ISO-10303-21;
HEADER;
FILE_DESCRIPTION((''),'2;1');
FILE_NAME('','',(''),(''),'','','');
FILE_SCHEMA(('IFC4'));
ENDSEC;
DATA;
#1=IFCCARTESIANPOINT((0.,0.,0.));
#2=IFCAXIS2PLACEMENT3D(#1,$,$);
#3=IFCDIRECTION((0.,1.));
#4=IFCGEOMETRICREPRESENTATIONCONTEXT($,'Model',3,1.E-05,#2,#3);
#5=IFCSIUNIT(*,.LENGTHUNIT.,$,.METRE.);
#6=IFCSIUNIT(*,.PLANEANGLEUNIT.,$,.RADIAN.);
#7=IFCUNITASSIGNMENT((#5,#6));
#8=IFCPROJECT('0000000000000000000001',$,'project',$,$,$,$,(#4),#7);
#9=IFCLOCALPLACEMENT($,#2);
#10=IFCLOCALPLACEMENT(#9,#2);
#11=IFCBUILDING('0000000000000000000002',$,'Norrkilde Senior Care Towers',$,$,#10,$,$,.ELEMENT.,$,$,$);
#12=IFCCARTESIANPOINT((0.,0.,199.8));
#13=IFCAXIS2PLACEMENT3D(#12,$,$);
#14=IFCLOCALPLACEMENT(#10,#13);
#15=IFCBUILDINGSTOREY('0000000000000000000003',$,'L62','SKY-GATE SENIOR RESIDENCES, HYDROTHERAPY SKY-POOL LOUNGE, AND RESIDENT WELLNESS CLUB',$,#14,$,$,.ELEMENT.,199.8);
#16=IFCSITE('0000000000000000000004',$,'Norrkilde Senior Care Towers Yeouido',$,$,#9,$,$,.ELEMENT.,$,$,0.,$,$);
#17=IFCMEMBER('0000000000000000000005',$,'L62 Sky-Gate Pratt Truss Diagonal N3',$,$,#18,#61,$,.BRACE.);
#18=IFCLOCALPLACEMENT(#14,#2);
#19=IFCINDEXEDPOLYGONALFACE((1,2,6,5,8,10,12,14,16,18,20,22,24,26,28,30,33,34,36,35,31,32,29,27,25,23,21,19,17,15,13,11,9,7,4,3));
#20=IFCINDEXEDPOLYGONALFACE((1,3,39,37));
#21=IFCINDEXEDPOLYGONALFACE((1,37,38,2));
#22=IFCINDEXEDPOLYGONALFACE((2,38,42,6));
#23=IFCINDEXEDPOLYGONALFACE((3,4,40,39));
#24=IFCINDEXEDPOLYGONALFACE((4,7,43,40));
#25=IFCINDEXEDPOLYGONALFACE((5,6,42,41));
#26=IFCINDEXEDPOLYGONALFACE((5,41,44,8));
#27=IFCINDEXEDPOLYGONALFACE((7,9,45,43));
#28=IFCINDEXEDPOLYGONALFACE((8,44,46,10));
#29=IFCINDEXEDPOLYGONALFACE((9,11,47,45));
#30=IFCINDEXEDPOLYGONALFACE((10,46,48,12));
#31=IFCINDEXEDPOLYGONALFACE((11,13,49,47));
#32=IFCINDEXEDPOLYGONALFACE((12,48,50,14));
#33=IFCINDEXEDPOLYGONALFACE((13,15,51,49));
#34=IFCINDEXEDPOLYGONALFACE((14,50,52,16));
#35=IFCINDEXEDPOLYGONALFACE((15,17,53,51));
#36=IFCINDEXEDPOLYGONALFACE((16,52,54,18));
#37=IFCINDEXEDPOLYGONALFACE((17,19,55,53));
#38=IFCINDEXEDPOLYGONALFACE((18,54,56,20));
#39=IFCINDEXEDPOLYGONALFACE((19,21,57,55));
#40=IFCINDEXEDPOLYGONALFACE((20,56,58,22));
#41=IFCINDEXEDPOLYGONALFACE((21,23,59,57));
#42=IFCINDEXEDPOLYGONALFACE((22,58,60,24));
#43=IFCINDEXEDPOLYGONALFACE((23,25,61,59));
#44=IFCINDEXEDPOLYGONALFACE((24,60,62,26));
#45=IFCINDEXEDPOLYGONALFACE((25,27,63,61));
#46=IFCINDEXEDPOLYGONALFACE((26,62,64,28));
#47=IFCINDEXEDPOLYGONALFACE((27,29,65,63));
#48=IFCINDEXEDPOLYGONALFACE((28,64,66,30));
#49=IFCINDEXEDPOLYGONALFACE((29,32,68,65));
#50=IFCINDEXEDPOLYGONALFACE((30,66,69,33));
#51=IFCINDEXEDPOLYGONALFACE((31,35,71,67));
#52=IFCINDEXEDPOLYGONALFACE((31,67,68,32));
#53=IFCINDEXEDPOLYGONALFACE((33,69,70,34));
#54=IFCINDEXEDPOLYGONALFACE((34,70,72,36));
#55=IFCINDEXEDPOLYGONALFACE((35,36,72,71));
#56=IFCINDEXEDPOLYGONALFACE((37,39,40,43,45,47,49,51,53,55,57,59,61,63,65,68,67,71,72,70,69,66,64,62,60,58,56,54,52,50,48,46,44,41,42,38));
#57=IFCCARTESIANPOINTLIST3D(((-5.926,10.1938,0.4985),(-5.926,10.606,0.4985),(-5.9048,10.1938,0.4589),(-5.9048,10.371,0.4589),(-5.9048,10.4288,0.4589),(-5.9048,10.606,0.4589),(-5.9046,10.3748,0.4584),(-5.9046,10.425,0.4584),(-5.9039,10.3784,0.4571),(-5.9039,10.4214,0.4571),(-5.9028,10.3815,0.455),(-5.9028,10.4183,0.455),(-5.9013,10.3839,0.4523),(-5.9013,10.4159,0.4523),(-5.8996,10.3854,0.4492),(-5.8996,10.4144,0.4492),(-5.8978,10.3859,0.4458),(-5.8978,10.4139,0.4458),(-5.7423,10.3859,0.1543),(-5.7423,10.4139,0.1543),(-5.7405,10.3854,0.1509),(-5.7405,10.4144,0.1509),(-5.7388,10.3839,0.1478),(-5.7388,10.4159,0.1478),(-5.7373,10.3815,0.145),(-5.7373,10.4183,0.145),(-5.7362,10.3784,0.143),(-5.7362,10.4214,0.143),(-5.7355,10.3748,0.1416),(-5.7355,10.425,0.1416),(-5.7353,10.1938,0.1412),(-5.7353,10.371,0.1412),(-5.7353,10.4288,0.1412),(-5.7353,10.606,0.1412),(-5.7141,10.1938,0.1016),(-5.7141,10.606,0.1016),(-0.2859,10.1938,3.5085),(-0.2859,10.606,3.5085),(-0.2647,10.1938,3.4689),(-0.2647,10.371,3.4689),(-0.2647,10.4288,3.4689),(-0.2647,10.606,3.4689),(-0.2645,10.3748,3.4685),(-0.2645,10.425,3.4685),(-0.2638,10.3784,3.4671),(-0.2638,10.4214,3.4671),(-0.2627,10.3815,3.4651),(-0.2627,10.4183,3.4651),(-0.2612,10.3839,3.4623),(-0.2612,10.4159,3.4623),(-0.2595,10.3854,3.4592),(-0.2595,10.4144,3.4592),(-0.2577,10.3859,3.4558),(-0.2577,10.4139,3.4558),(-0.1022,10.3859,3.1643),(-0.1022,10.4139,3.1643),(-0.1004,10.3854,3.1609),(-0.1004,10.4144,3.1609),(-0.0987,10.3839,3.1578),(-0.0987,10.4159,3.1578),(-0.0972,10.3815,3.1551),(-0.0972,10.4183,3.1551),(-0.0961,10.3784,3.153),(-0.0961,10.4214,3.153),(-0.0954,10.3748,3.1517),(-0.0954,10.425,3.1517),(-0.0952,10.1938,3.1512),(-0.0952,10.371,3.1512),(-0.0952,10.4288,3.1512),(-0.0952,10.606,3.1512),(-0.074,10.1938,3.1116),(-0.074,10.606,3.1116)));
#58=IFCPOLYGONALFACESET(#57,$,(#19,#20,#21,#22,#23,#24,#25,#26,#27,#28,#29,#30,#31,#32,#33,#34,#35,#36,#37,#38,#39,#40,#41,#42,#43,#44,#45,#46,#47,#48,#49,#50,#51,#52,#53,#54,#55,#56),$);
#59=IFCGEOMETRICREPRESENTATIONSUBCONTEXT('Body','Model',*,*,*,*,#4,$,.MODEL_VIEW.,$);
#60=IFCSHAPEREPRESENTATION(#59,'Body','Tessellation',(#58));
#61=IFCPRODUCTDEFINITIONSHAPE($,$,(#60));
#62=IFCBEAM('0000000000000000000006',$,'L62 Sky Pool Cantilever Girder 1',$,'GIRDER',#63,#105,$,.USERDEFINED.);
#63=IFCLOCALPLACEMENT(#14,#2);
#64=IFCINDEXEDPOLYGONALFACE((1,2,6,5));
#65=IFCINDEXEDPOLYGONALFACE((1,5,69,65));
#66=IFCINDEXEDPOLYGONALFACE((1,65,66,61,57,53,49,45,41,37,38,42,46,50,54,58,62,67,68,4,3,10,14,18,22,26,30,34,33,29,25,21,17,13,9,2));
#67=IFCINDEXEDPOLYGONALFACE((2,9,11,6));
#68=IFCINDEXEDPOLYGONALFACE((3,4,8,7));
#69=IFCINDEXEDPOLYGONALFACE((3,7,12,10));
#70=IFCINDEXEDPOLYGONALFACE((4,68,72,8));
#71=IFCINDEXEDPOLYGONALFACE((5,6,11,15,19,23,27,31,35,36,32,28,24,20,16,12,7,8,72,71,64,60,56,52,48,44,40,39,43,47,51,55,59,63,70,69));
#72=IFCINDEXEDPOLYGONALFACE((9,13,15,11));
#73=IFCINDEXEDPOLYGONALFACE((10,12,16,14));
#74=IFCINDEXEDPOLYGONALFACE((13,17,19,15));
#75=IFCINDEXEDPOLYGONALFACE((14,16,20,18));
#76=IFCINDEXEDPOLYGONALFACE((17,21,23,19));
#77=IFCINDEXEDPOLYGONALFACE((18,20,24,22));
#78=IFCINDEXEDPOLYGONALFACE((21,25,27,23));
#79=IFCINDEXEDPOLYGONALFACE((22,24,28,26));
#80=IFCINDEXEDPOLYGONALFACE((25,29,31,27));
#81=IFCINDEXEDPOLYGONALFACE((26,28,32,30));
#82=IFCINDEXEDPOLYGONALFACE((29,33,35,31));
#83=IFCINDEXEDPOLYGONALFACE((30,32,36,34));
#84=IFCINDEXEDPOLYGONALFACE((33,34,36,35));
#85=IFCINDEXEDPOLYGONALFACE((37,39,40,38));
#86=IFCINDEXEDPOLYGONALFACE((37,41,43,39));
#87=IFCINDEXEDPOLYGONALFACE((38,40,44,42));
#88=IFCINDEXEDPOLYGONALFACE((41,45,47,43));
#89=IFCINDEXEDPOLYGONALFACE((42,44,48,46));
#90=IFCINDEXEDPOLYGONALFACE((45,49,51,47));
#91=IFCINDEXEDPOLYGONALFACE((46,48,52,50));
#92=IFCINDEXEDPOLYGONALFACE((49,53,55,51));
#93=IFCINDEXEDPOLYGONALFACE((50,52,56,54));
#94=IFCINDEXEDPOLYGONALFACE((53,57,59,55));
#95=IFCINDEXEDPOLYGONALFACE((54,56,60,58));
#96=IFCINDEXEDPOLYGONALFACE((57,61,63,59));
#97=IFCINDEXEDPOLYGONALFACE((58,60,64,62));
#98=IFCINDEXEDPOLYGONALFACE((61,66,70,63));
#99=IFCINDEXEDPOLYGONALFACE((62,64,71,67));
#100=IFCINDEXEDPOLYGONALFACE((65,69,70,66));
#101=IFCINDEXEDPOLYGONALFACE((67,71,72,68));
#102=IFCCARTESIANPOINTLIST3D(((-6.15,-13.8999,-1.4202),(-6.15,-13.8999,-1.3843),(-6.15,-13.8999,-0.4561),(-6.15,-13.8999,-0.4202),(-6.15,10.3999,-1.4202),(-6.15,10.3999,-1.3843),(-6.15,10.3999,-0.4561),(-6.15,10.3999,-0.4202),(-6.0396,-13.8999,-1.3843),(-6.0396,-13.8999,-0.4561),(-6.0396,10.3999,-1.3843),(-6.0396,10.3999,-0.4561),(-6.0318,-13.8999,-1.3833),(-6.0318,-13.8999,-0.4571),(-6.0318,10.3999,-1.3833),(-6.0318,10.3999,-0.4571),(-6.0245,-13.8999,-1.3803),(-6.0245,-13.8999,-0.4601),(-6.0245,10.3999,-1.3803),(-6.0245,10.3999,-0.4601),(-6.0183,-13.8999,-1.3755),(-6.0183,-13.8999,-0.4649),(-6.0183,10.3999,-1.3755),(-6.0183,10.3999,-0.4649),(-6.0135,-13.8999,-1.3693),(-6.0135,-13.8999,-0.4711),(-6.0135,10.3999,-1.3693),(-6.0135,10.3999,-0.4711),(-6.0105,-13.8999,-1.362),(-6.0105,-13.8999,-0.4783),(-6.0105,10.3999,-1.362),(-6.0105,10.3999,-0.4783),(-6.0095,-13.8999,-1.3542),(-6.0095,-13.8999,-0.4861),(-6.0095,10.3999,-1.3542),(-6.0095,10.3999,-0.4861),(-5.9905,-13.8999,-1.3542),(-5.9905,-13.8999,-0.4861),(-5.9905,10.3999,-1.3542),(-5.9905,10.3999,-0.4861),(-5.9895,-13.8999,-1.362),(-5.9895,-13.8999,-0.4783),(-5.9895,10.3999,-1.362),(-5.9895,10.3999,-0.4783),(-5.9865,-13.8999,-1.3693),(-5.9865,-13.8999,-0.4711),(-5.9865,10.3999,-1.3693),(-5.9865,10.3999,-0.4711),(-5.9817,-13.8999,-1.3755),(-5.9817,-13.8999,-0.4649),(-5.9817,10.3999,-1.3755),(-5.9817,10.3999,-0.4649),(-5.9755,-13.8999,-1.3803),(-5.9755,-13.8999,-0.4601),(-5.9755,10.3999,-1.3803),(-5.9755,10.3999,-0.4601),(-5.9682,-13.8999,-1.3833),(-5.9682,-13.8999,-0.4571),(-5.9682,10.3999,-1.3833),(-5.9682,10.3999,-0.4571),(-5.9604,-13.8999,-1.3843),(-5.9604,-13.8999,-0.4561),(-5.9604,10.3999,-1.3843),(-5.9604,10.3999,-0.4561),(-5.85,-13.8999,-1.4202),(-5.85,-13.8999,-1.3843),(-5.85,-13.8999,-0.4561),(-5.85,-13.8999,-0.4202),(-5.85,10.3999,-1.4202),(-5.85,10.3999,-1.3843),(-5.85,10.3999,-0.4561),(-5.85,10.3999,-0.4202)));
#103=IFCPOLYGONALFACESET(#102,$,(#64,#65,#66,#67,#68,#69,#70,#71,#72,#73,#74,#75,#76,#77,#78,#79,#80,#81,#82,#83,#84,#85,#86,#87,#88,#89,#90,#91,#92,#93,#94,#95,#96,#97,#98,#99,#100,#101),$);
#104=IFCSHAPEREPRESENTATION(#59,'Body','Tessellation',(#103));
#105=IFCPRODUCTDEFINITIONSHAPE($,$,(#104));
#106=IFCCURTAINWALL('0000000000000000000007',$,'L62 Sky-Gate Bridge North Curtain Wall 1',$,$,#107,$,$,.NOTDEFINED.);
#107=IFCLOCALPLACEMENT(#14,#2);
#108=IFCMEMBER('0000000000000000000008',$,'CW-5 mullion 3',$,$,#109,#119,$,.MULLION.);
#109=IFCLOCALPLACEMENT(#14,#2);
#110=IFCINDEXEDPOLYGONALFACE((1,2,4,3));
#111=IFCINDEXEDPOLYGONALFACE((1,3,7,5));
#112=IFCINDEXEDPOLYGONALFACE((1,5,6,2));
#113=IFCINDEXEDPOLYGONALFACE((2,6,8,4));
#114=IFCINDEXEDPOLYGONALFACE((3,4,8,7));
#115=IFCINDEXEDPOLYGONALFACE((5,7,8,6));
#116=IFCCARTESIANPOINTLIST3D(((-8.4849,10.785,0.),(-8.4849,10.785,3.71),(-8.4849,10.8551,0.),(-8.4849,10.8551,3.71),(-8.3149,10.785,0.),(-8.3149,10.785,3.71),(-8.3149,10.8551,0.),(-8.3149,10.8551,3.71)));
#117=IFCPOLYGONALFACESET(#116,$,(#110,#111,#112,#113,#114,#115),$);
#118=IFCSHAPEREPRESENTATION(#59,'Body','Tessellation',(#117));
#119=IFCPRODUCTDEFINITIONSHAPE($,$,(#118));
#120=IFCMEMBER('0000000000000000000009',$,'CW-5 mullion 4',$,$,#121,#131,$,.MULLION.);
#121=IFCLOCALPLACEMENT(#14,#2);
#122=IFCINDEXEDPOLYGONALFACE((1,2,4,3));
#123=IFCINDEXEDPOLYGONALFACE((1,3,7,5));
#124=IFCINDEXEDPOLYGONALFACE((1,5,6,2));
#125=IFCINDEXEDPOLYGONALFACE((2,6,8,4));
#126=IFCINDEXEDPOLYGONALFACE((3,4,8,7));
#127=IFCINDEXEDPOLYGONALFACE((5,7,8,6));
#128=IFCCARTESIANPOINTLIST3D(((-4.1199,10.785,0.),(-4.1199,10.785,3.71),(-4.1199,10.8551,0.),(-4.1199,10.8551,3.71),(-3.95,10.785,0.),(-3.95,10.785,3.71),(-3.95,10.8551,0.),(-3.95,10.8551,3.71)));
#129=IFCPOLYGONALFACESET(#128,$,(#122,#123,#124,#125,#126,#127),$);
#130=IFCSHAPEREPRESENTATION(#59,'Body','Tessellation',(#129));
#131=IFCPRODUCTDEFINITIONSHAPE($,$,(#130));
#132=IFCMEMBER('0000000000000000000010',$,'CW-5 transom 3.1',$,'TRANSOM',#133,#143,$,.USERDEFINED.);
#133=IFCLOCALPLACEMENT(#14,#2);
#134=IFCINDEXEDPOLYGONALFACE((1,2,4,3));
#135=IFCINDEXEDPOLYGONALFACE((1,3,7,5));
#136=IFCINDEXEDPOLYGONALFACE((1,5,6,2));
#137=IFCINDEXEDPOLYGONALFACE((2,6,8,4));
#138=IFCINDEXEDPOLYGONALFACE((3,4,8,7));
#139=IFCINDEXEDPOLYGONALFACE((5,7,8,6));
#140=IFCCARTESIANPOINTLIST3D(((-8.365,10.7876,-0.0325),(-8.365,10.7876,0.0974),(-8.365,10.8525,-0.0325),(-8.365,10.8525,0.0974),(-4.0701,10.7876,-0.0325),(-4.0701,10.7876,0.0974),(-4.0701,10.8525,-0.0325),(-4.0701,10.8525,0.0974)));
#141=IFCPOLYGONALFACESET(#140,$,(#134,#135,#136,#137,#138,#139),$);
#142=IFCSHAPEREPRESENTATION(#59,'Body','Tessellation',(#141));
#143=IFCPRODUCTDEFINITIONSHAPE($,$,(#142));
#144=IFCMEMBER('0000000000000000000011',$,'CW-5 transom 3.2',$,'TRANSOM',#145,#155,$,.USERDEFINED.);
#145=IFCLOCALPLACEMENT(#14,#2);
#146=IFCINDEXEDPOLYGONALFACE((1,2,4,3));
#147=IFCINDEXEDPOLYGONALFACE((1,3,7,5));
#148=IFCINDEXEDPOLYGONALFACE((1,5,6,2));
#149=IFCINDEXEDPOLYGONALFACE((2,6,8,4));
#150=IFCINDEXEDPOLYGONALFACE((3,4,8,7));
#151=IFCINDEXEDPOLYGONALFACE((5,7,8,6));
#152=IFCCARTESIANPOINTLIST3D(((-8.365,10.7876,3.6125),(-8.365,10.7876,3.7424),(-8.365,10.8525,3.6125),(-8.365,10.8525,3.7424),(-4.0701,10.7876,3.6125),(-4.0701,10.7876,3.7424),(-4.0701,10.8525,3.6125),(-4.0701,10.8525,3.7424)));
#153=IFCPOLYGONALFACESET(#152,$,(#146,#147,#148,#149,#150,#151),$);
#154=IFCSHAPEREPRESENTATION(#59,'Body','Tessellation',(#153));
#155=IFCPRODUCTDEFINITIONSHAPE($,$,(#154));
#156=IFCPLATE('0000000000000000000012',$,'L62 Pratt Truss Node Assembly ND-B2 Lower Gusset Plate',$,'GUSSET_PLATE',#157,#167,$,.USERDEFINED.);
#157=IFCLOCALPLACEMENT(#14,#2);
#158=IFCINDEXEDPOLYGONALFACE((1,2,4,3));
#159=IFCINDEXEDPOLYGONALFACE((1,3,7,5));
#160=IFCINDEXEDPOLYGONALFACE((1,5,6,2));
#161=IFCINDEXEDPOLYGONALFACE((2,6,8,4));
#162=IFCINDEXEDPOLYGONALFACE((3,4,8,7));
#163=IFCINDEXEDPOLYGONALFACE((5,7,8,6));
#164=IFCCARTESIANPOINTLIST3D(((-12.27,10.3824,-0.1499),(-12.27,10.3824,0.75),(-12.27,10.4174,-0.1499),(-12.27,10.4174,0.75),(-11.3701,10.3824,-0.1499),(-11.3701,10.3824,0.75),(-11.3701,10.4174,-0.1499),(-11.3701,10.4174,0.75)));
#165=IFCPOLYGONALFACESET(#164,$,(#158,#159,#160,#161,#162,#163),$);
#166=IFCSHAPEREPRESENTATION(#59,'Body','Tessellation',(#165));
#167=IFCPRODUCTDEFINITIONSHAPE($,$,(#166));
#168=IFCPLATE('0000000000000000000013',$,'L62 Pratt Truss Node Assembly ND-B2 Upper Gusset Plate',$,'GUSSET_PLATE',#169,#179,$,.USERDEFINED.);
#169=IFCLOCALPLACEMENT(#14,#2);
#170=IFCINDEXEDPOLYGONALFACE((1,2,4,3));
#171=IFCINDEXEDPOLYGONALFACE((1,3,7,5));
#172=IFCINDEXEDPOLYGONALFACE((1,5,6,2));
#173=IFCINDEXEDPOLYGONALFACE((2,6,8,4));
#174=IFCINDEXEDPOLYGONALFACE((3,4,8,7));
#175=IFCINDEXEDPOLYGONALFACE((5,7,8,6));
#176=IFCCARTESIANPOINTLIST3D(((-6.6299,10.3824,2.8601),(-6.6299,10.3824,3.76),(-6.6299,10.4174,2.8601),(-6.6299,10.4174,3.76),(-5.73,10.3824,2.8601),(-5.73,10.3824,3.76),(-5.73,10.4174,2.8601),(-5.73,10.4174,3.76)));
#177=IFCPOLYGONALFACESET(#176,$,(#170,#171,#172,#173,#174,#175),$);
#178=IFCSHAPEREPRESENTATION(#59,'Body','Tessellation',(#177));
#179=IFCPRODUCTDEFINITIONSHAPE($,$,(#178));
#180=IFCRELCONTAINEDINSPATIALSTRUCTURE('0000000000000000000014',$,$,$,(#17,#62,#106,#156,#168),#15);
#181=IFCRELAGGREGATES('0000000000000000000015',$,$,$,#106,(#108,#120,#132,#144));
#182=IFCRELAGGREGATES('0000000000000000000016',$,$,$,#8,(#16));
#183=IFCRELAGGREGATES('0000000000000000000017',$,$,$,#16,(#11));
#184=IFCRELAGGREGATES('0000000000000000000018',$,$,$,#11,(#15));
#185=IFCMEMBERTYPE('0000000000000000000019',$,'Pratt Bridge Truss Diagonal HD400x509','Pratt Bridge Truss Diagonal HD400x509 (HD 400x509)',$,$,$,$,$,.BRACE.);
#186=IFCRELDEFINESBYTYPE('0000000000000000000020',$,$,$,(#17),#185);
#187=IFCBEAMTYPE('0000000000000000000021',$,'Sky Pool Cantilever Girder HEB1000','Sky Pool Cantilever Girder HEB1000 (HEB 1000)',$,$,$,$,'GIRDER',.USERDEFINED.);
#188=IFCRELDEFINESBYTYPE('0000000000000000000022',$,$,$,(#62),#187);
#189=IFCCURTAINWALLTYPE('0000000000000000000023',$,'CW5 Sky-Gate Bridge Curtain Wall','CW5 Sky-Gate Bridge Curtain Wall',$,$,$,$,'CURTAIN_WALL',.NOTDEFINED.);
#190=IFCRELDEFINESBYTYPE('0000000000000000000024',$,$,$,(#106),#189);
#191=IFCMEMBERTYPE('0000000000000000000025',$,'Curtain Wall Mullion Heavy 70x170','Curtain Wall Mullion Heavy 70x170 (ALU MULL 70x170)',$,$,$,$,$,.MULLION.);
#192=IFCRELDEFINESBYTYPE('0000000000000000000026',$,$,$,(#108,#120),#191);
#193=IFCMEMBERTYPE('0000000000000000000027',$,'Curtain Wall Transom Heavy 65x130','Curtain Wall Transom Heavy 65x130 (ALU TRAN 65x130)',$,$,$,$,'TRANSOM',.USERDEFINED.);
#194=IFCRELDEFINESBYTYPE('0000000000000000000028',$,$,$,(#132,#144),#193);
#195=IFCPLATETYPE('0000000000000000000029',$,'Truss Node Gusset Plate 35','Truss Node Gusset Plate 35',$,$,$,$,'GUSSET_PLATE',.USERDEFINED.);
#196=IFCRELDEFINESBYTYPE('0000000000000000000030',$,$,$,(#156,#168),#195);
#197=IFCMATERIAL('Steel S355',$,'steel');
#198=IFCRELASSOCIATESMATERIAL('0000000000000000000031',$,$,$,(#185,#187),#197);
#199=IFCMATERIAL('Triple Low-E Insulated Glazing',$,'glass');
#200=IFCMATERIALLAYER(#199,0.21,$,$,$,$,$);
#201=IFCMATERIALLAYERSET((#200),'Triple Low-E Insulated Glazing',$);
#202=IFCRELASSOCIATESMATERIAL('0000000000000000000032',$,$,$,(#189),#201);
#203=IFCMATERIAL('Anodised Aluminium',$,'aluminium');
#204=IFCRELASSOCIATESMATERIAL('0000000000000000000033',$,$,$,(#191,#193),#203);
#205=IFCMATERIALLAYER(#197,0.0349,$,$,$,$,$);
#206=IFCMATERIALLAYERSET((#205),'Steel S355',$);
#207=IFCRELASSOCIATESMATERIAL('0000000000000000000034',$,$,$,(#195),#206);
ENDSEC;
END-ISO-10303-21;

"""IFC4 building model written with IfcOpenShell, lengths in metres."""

from ifc_helpers import new_model, si_unit, direction, frame, origin, origin_2d, place, context, subcontext, project, spatial, rectangle, i_section, extrude, source, transform, mapped, material, layer, layer_set, material_profile, profile_set, type_object, type_shapes, element, aggregate, save


model = new_model("IFC4")

# Units and contexts
model_context = context("Model", 3, precision=1e-05, world=origin(), true_north=direction((0.0, 1.0)))
body_context = subcontext(model_context, "Body", "Model", "MODEL_VIEW")
ifc_project = project(units=[si_unit("LENGTHUNIT", "METRE"), si_unit("PLANEANGLEUNIT", "RADIAN")], contexts=[model_context])

# Site, building, storey
site_placement = place(None, origin())
site = spatial("IfcSite", under=ifc_project, at=site_placement, Name="Norrkilde Senior Care Towers Yeouido", CompositionType="ELEMENT", RefElevation=0.0)
building_placement = place(site_placement, origin())
building = spatial("IfcBuilding", under=site, at=building_placement, Name="Norrkilde Senior Care Towers", CompositionType="ELEMENT")
storey_placement = place(building_placement, frame((0.0, 0.0, 199.8)))
storey = spatial("IfcBuildingStorey", under=building, at=storey_placement, Name="L62", Description="SKY-GATE SENIOR RESIDENCES, HYDROTHERAPY SKY-POOL LOUNGE, AND RESIDENT WELLNESS CLUB", CompositionType="ELEMENT", Elevation=199.8)

# Shared definitions
ifc_material_1 = material(Name="Steel S355", Category="steel")

# Member
ifc_material_profile_1 = material_profile(ifc_material_1, i_section(OverallWidth=0.4121, OverallDepth=0.45, WebThickness=0.0281, FlangeThickness=0.0449, FilletRadius=0.0149, at=origin_2d()), Name="HD 400x509")
ifc_profile_set_1 = profile_set([ifc_material_profile_1], Name="Steel S355")
member_type_1 = type_object("IfcMemberType", Name="Pratt Bridge Truss Diagonal HD400x509", Description="Pratt Bridge Truss Diagonal HD400x509 (HD 400x509)", PredefinedType="BRACE", material=ifc_profile_set_1)
shared_shape_1 = source(origin(), body_context, "Body", "SweptSolid", [
    extrude(i_section(OverallWidth=0.4121, OverallDepth=0.45, WebThickness=0.0281, FlangeThickness=0.0449, FilletRadius=0.0149, at=origin_2d()), origin(), (0.0, 0.0, 1.0), 6.3931),
])
type_shapes(member_type_1, [shared_shape_1])
member_1_placement = place(storey_placement, frame((-5.8201, 10.3999, 0.3), z_axis=(0.882227, 0.0, 0.470824), x_axis=(0.0, 1.0, 0.0)))
element("IfcMember", 1, at=member_1_placement, inside=storey, type_object=member_type_1, Name="L62 Sky-Gate Pratt Truss Diagonal N3", PredefinedType="BRACE", context=body_context, shape_type="MappedRepresentation", body=[
    mapped(shared_shape_1, transform((0.0, 0.0, 0.0), x_axis=(1.0, 0.0, 0.0), y_axis=(0.0, 1.0, 0.0), z_axis=(0.0, 0.0, 1.0), scale=1.0)),
])

# Beam
ifc_material_profile_2 = material_profile(ifc_material_1, i_section(OverallWidth=0.3, OverallDepth=1.0, WebThickness=0.019, FlangeThickness=0.0359, FilletRadius=0.03, at=origin_2d()), Name="HEB 1000")
ifc_profile_set_2 = profile_set([ifc_material_profile_2], Name="Steel S355")
beam_type_1 = type_object("IfcBeamType", Name="Sky Pool Cantilever Girder HEB1000", Description="Sky Pool Cantilever Girder HEB1000 (HEB 1000)", ElementType="GIRDER", PredefinedType="USERDEFINED", material=ifc_profile_set_2)
shared_shape_2 = source(origin(), body_context, "Body", "SweptSolid", [
    extrude(i_section(OverallWidth=0.3, OverallDepth=1.0, WebThickness=0.019, FlangeThickness=0.0359, FilletRadius=0.03, at=origin_2d()), origin(), (0.0, 0.0, 1.0), 24.2998),
])
type_shapes(beam_type_1, [shared_shape_2])
beam_1_placement = place(storey_placement, frame((-6.0, 10.3999, -0.9202), z_axis=(0.0, -1.0, 0.0), x_axis=(1.0, 0.0, 0.0)))
element("IfcBeam", 2, at=beam_1_placement, inside=storey, type_object=beam_type_1, Name="L62 Sky Pool Cantilever Girder 1", ObjectType="GIRDER", PredefinedType="USERDEFINED", context=body_context, shape_type="MappedRepresentation", body=[
    mapped(shared_shape_2, transform((0.0, 0.0, 0.0), x_axis=(1.0, 0.0, 0.0), y_axis=(0.0, 1.0, 0.0), z_axis=(0.0, 0.0, 1.0), scale=1.0)),
])

# Curtain wall, members
ifc_material_2 = material(Name="Triple Low-E Insulated Glazing", Category="glass")
ifc_layer_1 = layer(ifc_material_2, 0.21)
ifc_layer_set_1 = layer_set([ifc_layer_1], Name="Triple Low-E Insulated Glazing")
curtain_wall_type = type_object("IfcCurtainWallType", Name="CW5 Sky-Gate Bridge Curtain Wall", Description="CW5 Sky-Gate Bridge Curtain Wall", ElementType="CURTAIN_WALL", PredefinedType="NOTDEFINED", material=ifc_layer_set_1)
curtain_wall_placement = place(storey_placement, origin())
curtain_wall = element("IfcCurtainWall", 3, at=curtain_wall_placement, inside=storey, type_object=curtain_wall_type, Name="L62 Sky-Gate Bridge North Curtain Wall 1", PredefinedType="NOTDEFINED")
ifc_material_3 = material(Name="Anodised Aluminium", Category="aluminium")
ifc_material_profile_3 = material_profile(ifc_material_3, rectangle(XDim=0.0701, YDim=0.1699, at=origin_2d()), Name="ALU MULL 70x170")
ifc_profile_set_3 = profile_set([ifc_material_profile_3], Name="Anodised Aluminium")
member_type_2 = type_object("IfcMemberType", Name="Curtain Wall Mullion Heavy 70x170", Description="Curtain Wall Mullion Heavy 70x170 (ALU MULL 70x170)", PredefinedType="MULLION", material=ifc_profile_set_3)
shared_shape_3 = source(origin(), body_context, "Body", "SweptSolid", [
    extrude(rectangle(XDim=0.0701, YDim=0.1699, at=origin_2d()), origin(), (0.0, 0.0, 1.0), 3.71),
])
type_shapes(member_type_2, [shared_shape_3])
member_2_placement = place(storey_placement, frame((-8.3999, 10.8201, 0.0), z_axis=(0.0, 0.0, 1.0), x_axis=(0.0, 1.0, 0.0)))
member_2 = element("IfcMember", 4, at=member_2_placement, type_object=member_type_2, Name="CW-5 mullion 3", PredefinedType="MULLION", context=body_context, shape_type="MappedRepresentation", body=[
    mapped(shared_shape_3, transform((0.0, 0.0, 0.0), x_axis=(1.0, 0.0, 0.0), y_axis=(0.0, 1.0, 0.0), z_axis=(0.0, 0.0, 1.0), scale=1.0)),
])
member_3_placement = place(storey_placement, frame((-4.0349, 10.8201, 0.0), z_axis=(0.0, 0.0, 1.0), x_axis=(0.0, 1.0, 0.0)))
member_3 = element("IfcMember", 5, at=member_3_placement, type_object=member_type_2, Name="CW-5 mullion 4", PredefinedType="MULLION", context=body_context, shape_type="MappedRepresentation", body=[
    mapped(shared_shape_3, transform((0.0, 0.0, 0.0), x_axis=(1.0, 0.0, 0.0), y_axis=(0.0, 1.0, 0.0), z_axis=(0.0, 0.0, 1.0), scale=1.0)),
])
ifc_material_profile_4 = material_profile(ifc_material_3, rectangle(XDim=0.0649, YDim=0.1299, at=origin_2d()), Name="ALU TRAN 65x130")
ifc_profile_set_4 = profile_set([ifc_material_profile_4], Name="Anodised Aluminium")
member_type_3 = type_object("IfcMemberType", Name="Curtain Wall Transom Heavy 65x130", Description="Curtain Wall Transom Heavy 65x130 (ALU TRAN 65x130)", ElementType="TRANSOM", PredefinedType="USERDEFINED", material=ifc_profile_set_4)
shared_shape_4 = source(origin(), body_context, "Body", "SweptSolid", [
    extrude(rectangle(XDim=0.0649, YDim=0.1299, at=origin_2d()), origin(), (0.0, 0.0, 1.0), 4.2949),
])
type_shapes(member_type_3, [shared_shape_4])
member_4_placement = place(storey_placement, frame((-8.365, 10.8201, 0.0325), z_axis=(1.0, 0.0, 0.0), x_axis=(0.0, 1.0, 0.0)))
member_4 = element("IfcMember", 6, at=member_4_placement, type_object=member_type_3, Name="CW-5 transom 3.1", ObjectType="TRANSOM", PredefinedType="USERDEFINED", context=body_context, shape_type="MappedRepresentation", body=[
    mapped(shared_shape_4, transform((0.0, 0.0, 0.0), x_axis=(1.0, 0.0, 0.0), y_axis=(0.0, 1.0, 0.0), z_axis=(0.0, 0.0, 1.0), scale=1.0)),
])
member_5_placement = place(storey_placement, frame((-8.365, 10.8201, 3.6775), z_axis=(1.0, 0.0, 0.0), x_axis=(0.0, 1.0, 0.0)))
member_5 = element("IfcMember", 7, at=member_5_placement, type_object=member_type_3, Name="CW-5 transom 3.2", ObjectType="TRANSOM", PredefinedType="USERDEFINED", context=body_context, shape_type="MappedRepresentation", body=[
    mapped(shared_shape_4, transform((0.0, 0.0, 0.0), x_axis=(1.0, 0.0, 0.0), y_axis=(0.0, 1.0, 0.0), z_axis=(0.0, 0.0, 1.0), scale=1.0)),
])

# Plates
ifc_layer_2 = layer(ifc_material_1, 0.0349)
ifc_layer_set_2 = layer_set([ifc_layer_2], Name="Steel S355")
plate_type_1 = type_object("IfcPlateType", Name="Truss Node Gusset Plate 35", Description="Truss Node Gusset Plate 35", ElementType="GUSSET_PLATE", PredefinedType="USERDEFINED", material=ifc_layer_set_2)
shared_shape_5 = source(origin(), body_context, "Body", "SweptSolid", [
    extrude(rectangle(XDim=0.8999, YDim=0.0349, at=origin_2d()), origin(), (0.0, 0.0, 1.0), 0.8999),
])
type_shapes(plate_type_1, [shared_shape_5])
for number, where, z_axis, x_axis, name in (
    (8, (-11.8201, 10.3999, -0.1499), (0.0, 0.0, 1.0), (1.0, 0.0, 0.0), "L62 Pratt Truss Node Assembly ND-B2 Lower Gusset Plate"),
    (9, (-6.1799, 10.3999, 2.8601), (0.0, 0.0, 1.0), (1.0, 0.0, 0.0), "L62 Pratt Truss Node Assembly ND-B2 Upper Gusset Plate"),
):
    element("IfcPlate", number, at=place(storey_placement, frame(where, z_axis=z_axis, x_axis=x_axis)), inside=storey, type_object=plate_type_1, Name=name, ObjectType="GUSSET_PLATE", PredefinedType="USERDEFINED", context=body_context, shape_type="MappedRepresentation", body=[
        mapped(shared_shape_5, transform((0.0, 0.0, 0.0), x_axis=(1.0, 0.0, 0.0), y_axis=(0.0, 1.0, 0.0), z_axis=(0.0, 0.0, 1.0), scale=1.0)),
    ])

aggregate(curtain_wall, [member_2, member_3, member_4, member_5])

save(model, "model.ifc")
